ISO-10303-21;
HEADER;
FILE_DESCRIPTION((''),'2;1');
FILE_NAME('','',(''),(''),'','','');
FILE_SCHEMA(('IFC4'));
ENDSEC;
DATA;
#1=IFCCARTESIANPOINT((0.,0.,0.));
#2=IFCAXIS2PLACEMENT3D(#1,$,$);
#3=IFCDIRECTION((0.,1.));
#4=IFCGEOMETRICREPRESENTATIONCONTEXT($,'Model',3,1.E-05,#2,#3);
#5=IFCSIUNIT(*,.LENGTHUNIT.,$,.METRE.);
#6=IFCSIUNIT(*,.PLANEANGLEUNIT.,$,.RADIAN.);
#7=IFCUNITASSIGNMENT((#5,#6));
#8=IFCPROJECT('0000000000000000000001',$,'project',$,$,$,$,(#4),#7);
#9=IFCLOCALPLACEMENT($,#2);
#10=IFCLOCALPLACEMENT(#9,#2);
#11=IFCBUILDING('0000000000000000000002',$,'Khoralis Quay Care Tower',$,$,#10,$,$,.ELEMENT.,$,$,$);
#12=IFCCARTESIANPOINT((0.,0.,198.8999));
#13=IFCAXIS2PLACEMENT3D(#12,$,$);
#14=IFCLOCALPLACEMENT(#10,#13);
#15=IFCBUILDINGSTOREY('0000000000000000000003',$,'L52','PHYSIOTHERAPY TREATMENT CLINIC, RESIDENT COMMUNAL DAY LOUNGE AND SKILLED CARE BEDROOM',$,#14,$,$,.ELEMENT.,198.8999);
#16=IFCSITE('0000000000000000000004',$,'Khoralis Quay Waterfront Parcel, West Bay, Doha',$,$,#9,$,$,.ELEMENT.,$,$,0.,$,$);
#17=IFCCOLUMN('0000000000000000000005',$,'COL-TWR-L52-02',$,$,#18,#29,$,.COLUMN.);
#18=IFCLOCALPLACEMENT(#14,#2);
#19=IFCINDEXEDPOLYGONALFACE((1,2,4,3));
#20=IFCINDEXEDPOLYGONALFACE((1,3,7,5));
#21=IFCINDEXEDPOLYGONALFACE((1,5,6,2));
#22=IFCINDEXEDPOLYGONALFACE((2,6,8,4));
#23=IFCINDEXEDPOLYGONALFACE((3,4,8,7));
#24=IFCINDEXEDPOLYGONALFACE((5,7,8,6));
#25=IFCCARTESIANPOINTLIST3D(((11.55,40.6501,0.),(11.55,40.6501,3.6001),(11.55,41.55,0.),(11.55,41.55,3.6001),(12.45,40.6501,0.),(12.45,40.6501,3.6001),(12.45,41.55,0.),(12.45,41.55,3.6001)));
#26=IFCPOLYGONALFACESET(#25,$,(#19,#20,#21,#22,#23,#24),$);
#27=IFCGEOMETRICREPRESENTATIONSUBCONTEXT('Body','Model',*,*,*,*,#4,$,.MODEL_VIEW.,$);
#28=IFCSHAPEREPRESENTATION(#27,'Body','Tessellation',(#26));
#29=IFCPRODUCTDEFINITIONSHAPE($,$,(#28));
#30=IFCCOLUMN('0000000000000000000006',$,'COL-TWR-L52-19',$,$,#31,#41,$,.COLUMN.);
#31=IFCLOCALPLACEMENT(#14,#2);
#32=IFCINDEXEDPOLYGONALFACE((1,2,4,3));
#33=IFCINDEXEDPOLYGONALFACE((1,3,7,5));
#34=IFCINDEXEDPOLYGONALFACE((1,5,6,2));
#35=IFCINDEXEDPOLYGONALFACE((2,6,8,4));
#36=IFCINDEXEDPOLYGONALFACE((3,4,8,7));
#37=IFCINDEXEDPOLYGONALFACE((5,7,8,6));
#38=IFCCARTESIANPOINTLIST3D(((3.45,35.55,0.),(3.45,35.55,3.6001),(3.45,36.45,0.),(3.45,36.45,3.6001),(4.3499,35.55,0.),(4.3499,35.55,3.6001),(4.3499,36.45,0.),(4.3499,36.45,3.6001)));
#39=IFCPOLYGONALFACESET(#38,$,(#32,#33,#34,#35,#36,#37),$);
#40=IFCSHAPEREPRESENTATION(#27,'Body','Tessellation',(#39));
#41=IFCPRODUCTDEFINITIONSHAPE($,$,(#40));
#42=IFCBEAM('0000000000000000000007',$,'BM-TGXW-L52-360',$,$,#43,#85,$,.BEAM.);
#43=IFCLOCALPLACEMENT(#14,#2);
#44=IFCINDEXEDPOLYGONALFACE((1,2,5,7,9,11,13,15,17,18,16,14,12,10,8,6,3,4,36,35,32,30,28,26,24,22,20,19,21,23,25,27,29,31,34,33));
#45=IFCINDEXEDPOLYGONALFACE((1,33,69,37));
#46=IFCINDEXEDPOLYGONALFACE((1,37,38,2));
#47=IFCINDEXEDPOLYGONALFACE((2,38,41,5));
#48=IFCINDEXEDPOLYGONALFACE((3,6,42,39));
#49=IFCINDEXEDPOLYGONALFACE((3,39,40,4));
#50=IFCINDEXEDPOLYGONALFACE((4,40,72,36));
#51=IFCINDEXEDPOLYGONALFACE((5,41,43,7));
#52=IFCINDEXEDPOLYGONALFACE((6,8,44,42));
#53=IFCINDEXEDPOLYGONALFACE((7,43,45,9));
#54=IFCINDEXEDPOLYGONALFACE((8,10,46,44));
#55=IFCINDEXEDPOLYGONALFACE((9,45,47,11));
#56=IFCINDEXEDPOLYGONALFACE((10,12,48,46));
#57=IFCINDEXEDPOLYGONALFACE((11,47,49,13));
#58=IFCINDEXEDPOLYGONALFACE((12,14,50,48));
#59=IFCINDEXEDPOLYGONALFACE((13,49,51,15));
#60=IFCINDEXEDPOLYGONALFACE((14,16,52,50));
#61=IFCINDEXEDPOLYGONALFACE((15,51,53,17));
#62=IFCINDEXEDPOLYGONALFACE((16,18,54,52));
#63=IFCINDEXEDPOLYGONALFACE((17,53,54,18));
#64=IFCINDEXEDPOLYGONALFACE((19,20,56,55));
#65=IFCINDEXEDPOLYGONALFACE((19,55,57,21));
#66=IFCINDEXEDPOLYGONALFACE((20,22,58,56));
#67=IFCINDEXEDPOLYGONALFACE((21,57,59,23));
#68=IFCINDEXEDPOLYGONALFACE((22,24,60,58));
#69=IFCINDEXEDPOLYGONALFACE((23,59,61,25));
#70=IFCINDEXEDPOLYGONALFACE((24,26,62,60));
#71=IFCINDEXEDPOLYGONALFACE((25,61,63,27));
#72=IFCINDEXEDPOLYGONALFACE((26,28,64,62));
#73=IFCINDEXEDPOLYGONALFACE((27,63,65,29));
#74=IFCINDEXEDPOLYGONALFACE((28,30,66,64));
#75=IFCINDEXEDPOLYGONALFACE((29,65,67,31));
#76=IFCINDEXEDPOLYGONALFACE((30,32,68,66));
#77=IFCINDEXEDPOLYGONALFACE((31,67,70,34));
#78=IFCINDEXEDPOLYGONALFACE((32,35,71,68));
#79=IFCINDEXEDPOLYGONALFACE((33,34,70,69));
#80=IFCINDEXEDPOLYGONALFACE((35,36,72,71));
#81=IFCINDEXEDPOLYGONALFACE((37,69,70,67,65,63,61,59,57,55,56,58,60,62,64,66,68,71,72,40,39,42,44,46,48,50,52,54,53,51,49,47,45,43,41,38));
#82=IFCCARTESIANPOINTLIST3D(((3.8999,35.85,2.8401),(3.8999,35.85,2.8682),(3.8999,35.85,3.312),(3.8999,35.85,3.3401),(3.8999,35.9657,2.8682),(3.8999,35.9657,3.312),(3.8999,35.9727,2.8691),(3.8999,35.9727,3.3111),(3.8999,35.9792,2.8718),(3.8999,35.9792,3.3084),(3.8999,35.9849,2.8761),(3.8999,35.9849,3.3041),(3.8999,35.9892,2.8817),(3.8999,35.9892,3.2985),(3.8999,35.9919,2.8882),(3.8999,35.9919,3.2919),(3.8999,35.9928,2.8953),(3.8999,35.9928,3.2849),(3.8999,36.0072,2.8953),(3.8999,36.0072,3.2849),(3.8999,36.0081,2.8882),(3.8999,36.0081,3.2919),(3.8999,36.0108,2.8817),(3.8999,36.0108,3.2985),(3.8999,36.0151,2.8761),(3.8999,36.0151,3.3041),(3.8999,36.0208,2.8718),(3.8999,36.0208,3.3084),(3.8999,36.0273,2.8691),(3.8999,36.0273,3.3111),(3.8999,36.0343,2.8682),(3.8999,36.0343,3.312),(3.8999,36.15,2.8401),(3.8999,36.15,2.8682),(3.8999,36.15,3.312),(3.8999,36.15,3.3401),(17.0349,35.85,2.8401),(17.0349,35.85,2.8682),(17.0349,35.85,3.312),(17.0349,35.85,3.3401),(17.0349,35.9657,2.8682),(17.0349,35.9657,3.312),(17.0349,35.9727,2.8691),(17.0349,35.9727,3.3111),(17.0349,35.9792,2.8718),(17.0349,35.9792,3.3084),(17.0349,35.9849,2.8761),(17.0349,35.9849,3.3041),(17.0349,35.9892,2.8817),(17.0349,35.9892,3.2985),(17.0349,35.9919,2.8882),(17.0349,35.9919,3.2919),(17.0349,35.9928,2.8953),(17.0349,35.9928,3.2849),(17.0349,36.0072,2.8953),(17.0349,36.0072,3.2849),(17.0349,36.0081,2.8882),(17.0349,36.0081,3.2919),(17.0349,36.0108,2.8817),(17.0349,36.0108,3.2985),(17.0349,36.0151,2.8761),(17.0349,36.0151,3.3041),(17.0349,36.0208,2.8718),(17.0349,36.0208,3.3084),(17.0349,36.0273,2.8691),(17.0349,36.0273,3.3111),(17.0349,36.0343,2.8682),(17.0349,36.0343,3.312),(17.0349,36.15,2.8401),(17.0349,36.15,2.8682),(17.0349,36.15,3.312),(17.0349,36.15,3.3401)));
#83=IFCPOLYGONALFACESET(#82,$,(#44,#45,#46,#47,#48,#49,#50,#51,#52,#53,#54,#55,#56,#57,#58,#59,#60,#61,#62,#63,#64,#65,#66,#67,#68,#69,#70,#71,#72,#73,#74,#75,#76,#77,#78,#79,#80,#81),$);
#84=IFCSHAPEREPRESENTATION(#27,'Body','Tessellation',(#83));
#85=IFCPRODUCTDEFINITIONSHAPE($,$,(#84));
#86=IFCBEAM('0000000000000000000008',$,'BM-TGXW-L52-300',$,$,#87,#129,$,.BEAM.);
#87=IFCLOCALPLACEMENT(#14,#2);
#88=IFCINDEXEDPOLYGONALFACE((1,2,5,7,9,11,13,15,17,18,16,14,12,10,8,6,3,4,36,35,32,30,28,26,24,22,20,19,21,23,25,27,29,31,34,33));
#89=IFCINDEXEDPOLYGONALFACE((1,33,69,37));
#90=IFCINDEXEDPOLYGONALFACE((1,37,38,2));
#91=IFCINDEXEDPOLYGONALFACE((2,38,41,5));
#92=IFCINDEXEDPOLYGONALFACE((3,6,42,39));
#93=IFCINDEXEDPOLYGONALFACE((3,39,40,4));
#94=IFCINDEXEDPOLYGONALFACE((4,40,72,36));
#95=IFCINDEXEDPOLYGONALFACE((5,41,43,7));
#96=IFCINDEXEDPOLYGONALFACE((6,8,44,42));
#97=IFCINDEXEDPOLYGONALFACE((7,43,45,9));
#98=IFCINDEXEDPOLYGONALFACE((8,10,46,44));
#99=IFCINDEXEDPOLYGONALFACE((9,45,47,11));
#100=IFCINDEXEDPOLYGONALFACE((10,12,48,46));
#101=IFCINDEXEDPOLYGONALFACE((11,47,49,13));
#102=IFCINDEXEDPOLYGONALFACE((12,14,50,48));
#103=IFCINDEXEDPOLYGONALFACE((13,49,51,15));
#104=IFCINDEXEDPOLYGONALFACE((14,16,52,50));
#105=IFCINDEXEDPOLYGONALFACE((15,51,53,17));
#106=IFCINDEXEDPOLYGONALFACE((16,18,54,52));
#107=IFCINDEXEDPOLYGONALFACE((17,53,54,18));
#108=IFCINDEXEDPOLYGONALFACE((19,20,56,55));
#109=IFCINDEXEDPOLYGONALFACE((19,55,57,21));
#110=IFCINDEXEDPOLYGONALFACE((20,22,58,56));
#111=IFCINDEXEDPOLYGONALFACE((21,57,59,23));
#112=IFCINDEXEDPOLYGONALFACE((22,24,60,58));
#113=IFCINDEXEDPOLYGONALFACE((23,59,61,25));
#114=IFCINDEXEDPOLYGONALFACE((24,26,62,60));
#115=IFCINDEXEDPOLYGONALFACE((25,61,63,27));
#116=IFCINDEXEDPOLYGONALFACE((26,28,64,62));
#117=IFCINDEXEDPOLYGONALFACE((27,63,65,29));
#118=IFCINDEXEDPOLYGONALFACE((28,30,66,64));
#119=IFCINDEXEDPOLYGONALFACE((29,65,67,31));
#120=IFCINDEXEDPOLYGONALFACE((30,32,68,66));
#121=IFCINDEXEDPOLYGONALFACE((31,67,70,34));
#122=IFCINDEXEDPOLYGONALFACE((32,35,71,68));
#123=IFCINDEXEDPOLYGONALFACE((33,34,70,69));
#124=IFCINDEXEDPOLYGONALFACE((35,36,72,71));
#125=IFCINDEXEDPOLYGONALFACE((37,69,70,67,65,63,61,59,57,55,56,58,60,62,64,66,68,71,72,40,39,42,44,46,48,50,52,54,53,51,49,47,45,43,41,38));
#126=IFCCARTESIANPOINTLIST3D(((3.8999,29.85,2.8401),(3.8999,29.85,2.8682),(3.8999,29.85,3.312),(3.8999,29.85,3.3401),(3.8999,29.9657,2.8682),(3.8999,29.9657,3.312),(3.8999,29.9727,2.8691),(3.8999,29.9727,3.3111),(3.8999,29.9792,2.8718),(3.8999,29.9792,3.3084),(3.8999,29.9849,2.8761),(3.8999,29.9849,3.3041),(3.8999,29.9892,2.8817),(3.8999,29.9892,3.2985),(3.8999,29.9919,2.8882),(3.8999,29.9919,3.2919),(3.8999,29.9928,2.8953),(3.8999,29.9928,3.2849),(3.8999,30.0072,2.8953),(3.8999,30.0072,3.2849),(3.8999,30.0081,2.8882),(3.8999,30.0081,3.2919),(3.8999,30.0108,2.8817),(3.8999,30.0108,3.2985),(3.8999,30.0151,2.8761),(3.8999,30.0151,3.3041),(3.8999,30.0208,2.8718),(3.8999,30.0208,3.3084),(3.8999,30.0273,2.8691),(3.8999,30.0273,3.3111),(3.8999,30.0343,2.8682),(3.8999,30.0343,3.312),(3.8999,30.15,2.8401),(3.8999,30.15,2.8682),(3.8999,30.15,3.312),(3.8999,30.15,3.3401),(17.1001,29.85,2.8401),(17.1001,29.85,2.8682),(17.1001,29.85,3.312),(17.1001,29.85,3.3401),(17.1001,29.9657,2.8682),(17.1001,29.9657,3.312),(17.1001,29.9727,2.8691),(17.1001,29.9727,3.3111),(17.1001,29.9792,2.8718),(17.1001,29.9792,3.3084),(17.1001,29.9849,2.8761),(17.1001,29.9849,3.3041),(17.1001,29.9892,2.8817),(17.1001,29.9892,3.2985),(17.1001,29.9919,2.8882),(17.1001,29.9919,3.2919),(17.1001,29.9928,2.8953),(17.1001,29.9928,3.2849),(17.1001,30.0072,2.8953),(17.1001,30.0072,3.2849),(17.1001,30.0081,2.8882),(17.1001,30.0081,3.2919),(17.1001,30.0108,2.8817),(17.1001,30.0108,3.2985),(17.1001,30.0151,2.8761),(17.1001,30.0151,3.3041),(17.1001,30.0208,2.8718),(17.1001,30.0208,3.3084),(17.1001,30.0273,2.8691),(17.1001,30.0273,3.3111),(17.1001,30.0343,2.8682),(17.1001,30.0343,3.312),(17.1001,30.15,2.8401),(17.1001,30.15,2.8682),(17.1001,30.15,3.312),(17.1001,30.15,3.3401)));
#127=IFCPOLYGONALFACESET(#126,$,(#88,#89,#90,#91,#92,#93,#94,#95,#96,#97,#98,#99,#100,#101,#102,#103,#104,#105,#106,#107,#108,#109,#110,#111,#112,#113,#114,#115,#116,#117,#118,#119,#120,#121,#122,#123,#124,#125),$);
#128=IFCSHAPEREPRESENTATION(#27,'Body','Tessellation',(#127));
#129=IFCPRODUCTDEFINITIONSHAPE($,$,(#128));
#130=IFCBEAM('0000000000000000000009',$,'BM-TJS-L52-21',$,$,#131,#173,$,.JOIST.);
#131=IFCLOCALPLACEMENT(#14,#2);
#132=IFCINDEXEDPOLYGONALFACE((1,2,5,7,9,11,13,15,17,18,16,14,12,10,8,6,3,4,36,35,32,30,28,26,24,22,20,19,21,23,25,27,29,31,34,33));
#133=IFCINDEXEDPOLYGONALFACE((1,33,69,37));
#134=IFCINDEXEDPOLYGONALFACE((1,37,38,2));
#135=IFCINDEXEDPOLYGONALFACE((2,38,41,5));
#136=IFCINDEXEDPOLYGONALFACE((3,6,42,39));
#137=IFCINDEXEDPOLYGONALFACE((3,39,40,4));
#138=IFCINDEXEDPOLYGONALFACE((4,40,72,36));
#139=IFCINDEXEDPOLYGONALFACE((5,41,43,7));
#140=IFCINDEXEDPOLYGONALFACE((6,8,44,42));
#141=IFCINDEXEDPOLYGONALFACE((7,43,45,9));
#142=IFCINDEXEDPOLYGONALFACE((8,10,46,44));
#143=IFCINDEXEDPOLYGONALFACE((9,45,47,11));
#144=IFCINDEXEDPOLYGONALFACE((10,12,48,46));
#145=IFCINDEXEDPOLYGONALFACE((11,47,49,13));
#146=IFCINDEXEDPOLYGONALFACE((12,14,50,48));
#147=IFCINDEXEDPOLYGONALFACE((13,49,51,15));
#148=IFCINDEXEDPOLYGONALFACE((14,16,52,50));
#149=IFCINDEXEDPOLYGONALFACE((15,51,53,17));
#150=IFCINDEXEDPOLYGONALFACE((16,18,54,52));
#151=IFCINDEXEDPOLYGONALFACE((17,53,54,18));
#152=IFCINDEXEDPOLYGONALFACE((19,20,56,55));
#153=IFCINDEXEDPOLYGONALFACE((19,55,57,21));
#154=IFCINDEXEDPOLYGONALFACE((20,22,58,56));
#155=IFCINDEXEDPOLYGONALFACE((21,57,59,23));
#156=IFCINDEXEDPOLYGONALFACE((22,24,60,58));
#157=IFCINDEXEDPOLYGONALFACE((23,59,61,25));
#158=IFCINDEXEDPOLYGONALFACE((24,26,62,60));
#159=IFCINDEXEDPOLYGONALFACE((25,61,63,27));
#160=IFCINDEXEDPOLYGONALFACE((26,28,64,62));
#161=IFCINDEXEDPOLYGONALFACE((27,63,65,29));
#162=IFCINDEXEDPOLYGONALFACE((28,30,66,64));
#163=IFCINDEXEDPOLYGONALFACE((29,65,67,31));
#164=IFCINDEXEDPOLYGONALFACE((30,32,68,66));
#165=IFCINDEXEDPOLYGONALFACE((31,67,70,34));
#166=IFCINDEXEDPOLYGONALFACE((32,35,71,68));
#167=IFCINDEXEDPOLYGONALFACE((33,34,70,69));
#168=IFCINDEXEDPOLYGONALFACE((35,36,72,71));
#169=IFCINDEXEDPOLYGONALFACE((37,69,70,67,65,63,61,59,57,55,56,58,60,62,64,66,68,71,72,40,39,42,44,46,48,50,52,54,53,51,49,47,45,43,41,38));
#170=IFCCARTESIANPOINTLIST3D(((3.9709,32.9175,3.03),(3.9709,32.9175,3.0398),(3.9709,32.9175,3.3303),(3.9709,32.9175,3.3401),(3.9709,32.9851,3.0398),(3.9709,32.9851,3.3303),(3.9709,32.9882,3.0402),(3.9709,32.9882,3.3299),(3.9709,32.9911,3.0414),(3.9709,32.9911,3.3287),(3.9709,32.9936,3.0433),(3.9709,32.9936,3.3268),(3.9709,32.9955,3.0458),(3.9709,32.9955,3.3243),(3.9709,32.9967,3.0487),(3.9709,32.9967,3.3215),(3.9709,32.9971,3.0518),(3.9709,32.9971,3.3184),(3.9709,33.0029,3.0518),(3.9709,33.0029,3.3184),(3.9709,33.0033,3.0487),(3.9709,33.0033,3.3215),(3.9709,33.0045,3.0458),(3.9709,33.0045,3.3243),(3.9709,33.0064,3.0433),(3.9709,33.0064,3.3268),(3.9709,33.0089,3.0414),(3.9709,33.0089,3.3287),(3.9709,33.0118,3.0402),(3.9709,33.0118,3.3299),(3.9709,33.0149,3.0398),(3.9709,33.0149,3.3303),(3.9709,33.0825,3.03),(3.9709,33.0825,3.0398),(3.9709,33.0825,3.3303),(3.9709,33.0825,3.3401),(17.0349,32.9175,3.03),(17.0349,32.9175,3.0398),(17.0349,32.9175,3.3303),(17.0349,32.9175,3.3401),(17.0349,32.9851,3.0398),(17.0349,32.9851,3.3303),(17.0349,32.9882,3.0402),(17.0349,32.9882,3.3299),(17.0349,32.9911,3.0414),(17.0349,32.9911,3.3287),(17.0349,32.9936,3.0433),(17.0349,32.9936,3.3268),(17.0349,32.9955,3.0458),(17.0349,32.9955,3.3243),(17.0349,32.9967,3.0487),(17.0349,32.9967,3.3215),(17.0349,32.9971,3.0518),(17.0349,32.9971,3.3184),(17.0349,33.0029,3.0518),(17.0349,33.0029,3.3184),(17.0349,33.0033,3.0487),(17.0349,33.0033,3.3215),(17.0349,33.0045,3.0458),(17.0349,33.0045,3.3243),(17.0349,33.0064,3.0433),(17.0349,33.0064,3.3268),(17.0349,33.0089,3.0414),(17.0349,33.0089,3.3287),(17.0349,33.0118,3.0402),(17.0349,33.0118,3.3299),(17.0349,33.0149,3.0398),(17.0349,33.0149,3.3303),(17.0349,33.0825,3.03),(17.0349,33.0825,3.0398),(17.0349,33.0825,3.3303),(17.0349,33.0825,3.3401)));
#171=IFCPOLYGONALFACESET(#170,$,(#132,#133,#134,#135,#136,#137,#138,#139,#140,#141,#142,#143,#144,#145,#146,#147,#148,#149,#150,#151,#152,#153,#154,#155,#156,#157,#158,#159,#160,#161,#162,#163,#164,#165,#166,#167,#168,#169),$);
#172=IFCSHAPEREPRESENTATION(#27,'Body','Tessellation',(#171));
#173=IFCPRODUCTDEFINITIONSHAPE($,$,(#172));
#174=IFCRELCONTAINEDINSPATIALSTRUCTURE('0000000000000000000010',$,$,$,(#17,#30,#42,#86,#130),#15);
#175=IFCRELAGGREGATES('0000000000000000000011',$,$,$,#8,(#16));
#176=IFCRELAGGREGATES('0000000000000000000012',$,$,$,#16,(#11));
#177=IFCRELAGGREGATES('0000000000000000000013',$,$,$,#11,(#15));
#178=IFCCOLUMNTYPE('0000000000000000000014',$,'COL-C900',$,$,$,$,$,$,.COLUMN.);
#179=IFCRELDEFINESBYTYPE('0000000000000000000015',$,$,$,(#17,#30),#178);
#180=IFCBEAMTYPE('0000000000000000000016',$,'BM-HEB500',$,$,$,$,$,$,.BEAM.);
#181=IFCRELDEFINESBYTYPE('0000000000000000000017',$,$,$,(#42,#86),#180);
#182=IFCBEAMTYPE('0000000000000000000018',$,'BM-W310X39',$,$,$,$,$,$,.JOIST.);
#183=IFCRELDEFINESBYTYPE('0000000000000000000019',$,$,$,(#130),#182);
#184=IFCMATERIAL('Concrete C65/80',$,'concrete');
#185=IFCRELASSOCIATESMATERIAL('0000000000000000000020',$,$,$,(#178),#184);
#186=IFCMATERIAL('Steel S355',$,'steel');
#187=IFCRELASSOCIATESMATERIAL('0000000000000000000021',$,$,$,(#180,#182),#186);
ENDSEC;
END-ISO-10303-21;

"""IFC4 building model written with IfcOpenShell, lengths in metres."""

from ifc_helpers import new_model, si_unit, direction, frame, origin, origin_2d, place, context, subcontext, project, spatial, rectangle, i_section, extrude, source, transform, mapped, material, material_profile, profile_set, type_object, element, save


model = new_model("IFC4")

# Units and contexts
model_context = context("Model", 3, precision=1e-05, world=origin(), true_north=direction((0.0, 1.0)))
body_context = subcontext(model_context, "Body", "Model", "MODEL_VIEW")
ifc_project = project(units=[si_unit("LENGTHUNIT", "METRE"), si_unit("PLANEANGLEUNIT", "RADIAN")], contexts=[model_context])

# Site, building, storey
site_placement = place(None, origin())
site = spatial("IfcSite", under=ifc_project, at=site_placement, Name="Khoralis Quay Waterfront Parcel, West Bay, Doha", CompositionType="ELEMENT", RefElevation=0.0)
building_placement = place(site_placement, origin())
building = spatial("IfcBuilding", under=site, at=building_placement, Name="Khoralis Quay Care Tower", CompositionType="ELEMENT")
storey_placement = place(building_placement, frame((0.0, 0.0, 198.8999)))
storey = spatial("IfcBuildingStorey", under=building, at=storey_placement, Name="L52", Description="PHYSIOTHERAPY TREATMENT CLINIC, RESIDENT COMMUNAL DAY LOUNGE AND SKILLED CARE BEDROOM", CompositionType="ELEMENT", Elevation=198.8999)

# Columns
ifc_material_1 = material(Name="Concrete C65/80", Category="concrete")
ifc_material_profile_1 = material_profile(ifc_material_1, rectangle(XDim=0.8999, YDim=0.8999, at=origin_2d()), Name="Concrete C65/80")
ifc_profile_set_1 = profile_set([ifc_material_profile_1], Name="Concrete C65/80")
column_type = type_object("IfcColumnType", Name="COL-C900", PredefinedType="COLUMN", material=ifc_profile_set_1)
shared_shape_1 = source(origin(), body_context, "Body", "SweptSolid", [
    extrude(rectangle(XDim=0.8999, YDim=0.8999, at=origin_2d()), origin(), (0.0, 0.0, 1.0), 3.6001),
])
for number, where, z_axis, x_axis, name in (
    (1, (12.0, 41.1001, 0.0), (0.0, 0.0, 1.0), (1.0, 0.0, 0.0), "COL-TWR-L52-02"),
    (2, (3.8999, 36.0, 0.0), (0.0, 0.0, 1.0), (1.0, 0.0, 0.0), "COL-TWR-L52-19"),
):
    element("IfcColumn", number, at=place(storey_placement, frame(where, z_axis=z_axis, x_axis=x_axis)), inside=storey, type_object=column_type, Name=name, PredefinedType="COLUMN", context=body_context, shape_type="MappedRepresentation", body=[
        mapped(shared_shape_1, transform((0.0, 0.0, 0.0), scale=1.0)),
    ])

# Beams
ifc_material_2 = material(Name="Steel S355", Category="steel")
ifc_material_profile_2 = material_profile(ifc_material_2, i_section(OverallWidth=0.3, OverallDepth=0.5, WebThickness=0.0144, FlangeThickness=0.0281, FilletRadius=0.0271, at=origin_2d()), Name="Steel S355")
ifc_profile_set_2 = profile_set([ifc_material_profile_2], Name="Steel S355")
beam_type_1 = type_object("IfcBeamType", Name="BM-HEB500", PredefinedType="BEAM", material=ifc_profile_set_2)
shared_shape_2 = source(origin(), body_context, "Body", "SweptSolid", [
    extrude(i_section(OverallWidth=0.3, OverallDepth=0.5, WebThickness=0.0144, FlangeThickness=0.0281, FilletRadius=0.0271, at=origin_2d()), origin(), (0.0, 0.0, 1.0), 13.135),
])
beam_1_placement = place(storey_placement, frame((3.8999, 36.0, 3.0901), z_axis=(1.0, 0.0, 0.0), x_axis=(0.0, 1.0, 0.0)))
element("IfcBeam", 3, at=beam_1_placement, inside=storey, type_object=beam_type_1, Name="BM-TGXW-L52-360", PredefinedType="BEAM", context=body_context, shape_type="MappedRepresentation", body=[
    mapped(shared_shape_2, transform((0.0, 0.0, 0.0), scale=1.0)),
])
shared_shape_3 = source(origin(), body_context, "Body", "SweptSolid", [
    extrude(i_section(OverallWidth=0.3, OverallDepth=0.5, WebThickness=0.0144, FlangeThickness=0.0281, FilletRadius=0.0271, at=origin_2d()), origin(), (0.0, 0.0, 1.0), 13.2002),
])
beam_2_placement = place(storey_placement, frame((3.8999, 30.0, 3.0901), z_axis=(1.0, 0.0, 0.0), x_axis=(0.0, 1.0, 0.0)))
element("IfcBeam", 4, at=beam_2_placement, inside=storey, type_object=beam_type_1, Name="BM-TGXW-L52-300", PredefinedType="BEAM", context=body_context, shape_type="MappedRepresentation", body=[
    mapped(shared_shape_3, transform((0.0, 0.0, 0.0), scale=1.0)),
])
ifc_material_profile_3 = material_profile(ifc_material_2, i_section(OverallWidth=0.165, OverallDepth=0.3101, WebThickness=0.0059, FlangeThickness=0.0098, FilletRadius=0.012, at=origin_2d()), Name="Steel S355")
ifc_profile_set_3 = profile_set([ifc_material_profile_3], Name="Steel S355")
beam_type_2 = type_object("IfcBeamType", Name="BM-W310X39", PredefinedType="JOIST", material=ifc_profile_set_3)
shared_shape_4 = source(origin(), body_context, "Body", "SweptSolid", [
    extrude(i_section(OverallWidth=0.165, OverallDepth=0.3101, WebThickness=0.0059, FlangeThickness=0.0098, FilletRadius=0.012, at=origin_2d()), origin(), (0.0, 0.0, 1.0), 13.064),
])
for number, where, z_axis, x_axis, name in (
    (5, (3.9709, 33.0, 3.1851), (1.0, 0.0, 0.0), (0.0, 1.0, 0.0), "BM-TJS-L52-21"),
):
    element("IfcBeam", number, at=place(storey_placement, frame(where, z_axis=z_axis, x_axis=x_axis)), inside=storey, type_object=beam_type_2, Name=name, PredefinedType="JOIST", context=body_context, shape_type="MappedRepresentation", body=[
        mapped(shared_shape_4, transform((0.0, 0.0, 0.0), scale=1.0)),
    ])

save(model, "model.ifc")
